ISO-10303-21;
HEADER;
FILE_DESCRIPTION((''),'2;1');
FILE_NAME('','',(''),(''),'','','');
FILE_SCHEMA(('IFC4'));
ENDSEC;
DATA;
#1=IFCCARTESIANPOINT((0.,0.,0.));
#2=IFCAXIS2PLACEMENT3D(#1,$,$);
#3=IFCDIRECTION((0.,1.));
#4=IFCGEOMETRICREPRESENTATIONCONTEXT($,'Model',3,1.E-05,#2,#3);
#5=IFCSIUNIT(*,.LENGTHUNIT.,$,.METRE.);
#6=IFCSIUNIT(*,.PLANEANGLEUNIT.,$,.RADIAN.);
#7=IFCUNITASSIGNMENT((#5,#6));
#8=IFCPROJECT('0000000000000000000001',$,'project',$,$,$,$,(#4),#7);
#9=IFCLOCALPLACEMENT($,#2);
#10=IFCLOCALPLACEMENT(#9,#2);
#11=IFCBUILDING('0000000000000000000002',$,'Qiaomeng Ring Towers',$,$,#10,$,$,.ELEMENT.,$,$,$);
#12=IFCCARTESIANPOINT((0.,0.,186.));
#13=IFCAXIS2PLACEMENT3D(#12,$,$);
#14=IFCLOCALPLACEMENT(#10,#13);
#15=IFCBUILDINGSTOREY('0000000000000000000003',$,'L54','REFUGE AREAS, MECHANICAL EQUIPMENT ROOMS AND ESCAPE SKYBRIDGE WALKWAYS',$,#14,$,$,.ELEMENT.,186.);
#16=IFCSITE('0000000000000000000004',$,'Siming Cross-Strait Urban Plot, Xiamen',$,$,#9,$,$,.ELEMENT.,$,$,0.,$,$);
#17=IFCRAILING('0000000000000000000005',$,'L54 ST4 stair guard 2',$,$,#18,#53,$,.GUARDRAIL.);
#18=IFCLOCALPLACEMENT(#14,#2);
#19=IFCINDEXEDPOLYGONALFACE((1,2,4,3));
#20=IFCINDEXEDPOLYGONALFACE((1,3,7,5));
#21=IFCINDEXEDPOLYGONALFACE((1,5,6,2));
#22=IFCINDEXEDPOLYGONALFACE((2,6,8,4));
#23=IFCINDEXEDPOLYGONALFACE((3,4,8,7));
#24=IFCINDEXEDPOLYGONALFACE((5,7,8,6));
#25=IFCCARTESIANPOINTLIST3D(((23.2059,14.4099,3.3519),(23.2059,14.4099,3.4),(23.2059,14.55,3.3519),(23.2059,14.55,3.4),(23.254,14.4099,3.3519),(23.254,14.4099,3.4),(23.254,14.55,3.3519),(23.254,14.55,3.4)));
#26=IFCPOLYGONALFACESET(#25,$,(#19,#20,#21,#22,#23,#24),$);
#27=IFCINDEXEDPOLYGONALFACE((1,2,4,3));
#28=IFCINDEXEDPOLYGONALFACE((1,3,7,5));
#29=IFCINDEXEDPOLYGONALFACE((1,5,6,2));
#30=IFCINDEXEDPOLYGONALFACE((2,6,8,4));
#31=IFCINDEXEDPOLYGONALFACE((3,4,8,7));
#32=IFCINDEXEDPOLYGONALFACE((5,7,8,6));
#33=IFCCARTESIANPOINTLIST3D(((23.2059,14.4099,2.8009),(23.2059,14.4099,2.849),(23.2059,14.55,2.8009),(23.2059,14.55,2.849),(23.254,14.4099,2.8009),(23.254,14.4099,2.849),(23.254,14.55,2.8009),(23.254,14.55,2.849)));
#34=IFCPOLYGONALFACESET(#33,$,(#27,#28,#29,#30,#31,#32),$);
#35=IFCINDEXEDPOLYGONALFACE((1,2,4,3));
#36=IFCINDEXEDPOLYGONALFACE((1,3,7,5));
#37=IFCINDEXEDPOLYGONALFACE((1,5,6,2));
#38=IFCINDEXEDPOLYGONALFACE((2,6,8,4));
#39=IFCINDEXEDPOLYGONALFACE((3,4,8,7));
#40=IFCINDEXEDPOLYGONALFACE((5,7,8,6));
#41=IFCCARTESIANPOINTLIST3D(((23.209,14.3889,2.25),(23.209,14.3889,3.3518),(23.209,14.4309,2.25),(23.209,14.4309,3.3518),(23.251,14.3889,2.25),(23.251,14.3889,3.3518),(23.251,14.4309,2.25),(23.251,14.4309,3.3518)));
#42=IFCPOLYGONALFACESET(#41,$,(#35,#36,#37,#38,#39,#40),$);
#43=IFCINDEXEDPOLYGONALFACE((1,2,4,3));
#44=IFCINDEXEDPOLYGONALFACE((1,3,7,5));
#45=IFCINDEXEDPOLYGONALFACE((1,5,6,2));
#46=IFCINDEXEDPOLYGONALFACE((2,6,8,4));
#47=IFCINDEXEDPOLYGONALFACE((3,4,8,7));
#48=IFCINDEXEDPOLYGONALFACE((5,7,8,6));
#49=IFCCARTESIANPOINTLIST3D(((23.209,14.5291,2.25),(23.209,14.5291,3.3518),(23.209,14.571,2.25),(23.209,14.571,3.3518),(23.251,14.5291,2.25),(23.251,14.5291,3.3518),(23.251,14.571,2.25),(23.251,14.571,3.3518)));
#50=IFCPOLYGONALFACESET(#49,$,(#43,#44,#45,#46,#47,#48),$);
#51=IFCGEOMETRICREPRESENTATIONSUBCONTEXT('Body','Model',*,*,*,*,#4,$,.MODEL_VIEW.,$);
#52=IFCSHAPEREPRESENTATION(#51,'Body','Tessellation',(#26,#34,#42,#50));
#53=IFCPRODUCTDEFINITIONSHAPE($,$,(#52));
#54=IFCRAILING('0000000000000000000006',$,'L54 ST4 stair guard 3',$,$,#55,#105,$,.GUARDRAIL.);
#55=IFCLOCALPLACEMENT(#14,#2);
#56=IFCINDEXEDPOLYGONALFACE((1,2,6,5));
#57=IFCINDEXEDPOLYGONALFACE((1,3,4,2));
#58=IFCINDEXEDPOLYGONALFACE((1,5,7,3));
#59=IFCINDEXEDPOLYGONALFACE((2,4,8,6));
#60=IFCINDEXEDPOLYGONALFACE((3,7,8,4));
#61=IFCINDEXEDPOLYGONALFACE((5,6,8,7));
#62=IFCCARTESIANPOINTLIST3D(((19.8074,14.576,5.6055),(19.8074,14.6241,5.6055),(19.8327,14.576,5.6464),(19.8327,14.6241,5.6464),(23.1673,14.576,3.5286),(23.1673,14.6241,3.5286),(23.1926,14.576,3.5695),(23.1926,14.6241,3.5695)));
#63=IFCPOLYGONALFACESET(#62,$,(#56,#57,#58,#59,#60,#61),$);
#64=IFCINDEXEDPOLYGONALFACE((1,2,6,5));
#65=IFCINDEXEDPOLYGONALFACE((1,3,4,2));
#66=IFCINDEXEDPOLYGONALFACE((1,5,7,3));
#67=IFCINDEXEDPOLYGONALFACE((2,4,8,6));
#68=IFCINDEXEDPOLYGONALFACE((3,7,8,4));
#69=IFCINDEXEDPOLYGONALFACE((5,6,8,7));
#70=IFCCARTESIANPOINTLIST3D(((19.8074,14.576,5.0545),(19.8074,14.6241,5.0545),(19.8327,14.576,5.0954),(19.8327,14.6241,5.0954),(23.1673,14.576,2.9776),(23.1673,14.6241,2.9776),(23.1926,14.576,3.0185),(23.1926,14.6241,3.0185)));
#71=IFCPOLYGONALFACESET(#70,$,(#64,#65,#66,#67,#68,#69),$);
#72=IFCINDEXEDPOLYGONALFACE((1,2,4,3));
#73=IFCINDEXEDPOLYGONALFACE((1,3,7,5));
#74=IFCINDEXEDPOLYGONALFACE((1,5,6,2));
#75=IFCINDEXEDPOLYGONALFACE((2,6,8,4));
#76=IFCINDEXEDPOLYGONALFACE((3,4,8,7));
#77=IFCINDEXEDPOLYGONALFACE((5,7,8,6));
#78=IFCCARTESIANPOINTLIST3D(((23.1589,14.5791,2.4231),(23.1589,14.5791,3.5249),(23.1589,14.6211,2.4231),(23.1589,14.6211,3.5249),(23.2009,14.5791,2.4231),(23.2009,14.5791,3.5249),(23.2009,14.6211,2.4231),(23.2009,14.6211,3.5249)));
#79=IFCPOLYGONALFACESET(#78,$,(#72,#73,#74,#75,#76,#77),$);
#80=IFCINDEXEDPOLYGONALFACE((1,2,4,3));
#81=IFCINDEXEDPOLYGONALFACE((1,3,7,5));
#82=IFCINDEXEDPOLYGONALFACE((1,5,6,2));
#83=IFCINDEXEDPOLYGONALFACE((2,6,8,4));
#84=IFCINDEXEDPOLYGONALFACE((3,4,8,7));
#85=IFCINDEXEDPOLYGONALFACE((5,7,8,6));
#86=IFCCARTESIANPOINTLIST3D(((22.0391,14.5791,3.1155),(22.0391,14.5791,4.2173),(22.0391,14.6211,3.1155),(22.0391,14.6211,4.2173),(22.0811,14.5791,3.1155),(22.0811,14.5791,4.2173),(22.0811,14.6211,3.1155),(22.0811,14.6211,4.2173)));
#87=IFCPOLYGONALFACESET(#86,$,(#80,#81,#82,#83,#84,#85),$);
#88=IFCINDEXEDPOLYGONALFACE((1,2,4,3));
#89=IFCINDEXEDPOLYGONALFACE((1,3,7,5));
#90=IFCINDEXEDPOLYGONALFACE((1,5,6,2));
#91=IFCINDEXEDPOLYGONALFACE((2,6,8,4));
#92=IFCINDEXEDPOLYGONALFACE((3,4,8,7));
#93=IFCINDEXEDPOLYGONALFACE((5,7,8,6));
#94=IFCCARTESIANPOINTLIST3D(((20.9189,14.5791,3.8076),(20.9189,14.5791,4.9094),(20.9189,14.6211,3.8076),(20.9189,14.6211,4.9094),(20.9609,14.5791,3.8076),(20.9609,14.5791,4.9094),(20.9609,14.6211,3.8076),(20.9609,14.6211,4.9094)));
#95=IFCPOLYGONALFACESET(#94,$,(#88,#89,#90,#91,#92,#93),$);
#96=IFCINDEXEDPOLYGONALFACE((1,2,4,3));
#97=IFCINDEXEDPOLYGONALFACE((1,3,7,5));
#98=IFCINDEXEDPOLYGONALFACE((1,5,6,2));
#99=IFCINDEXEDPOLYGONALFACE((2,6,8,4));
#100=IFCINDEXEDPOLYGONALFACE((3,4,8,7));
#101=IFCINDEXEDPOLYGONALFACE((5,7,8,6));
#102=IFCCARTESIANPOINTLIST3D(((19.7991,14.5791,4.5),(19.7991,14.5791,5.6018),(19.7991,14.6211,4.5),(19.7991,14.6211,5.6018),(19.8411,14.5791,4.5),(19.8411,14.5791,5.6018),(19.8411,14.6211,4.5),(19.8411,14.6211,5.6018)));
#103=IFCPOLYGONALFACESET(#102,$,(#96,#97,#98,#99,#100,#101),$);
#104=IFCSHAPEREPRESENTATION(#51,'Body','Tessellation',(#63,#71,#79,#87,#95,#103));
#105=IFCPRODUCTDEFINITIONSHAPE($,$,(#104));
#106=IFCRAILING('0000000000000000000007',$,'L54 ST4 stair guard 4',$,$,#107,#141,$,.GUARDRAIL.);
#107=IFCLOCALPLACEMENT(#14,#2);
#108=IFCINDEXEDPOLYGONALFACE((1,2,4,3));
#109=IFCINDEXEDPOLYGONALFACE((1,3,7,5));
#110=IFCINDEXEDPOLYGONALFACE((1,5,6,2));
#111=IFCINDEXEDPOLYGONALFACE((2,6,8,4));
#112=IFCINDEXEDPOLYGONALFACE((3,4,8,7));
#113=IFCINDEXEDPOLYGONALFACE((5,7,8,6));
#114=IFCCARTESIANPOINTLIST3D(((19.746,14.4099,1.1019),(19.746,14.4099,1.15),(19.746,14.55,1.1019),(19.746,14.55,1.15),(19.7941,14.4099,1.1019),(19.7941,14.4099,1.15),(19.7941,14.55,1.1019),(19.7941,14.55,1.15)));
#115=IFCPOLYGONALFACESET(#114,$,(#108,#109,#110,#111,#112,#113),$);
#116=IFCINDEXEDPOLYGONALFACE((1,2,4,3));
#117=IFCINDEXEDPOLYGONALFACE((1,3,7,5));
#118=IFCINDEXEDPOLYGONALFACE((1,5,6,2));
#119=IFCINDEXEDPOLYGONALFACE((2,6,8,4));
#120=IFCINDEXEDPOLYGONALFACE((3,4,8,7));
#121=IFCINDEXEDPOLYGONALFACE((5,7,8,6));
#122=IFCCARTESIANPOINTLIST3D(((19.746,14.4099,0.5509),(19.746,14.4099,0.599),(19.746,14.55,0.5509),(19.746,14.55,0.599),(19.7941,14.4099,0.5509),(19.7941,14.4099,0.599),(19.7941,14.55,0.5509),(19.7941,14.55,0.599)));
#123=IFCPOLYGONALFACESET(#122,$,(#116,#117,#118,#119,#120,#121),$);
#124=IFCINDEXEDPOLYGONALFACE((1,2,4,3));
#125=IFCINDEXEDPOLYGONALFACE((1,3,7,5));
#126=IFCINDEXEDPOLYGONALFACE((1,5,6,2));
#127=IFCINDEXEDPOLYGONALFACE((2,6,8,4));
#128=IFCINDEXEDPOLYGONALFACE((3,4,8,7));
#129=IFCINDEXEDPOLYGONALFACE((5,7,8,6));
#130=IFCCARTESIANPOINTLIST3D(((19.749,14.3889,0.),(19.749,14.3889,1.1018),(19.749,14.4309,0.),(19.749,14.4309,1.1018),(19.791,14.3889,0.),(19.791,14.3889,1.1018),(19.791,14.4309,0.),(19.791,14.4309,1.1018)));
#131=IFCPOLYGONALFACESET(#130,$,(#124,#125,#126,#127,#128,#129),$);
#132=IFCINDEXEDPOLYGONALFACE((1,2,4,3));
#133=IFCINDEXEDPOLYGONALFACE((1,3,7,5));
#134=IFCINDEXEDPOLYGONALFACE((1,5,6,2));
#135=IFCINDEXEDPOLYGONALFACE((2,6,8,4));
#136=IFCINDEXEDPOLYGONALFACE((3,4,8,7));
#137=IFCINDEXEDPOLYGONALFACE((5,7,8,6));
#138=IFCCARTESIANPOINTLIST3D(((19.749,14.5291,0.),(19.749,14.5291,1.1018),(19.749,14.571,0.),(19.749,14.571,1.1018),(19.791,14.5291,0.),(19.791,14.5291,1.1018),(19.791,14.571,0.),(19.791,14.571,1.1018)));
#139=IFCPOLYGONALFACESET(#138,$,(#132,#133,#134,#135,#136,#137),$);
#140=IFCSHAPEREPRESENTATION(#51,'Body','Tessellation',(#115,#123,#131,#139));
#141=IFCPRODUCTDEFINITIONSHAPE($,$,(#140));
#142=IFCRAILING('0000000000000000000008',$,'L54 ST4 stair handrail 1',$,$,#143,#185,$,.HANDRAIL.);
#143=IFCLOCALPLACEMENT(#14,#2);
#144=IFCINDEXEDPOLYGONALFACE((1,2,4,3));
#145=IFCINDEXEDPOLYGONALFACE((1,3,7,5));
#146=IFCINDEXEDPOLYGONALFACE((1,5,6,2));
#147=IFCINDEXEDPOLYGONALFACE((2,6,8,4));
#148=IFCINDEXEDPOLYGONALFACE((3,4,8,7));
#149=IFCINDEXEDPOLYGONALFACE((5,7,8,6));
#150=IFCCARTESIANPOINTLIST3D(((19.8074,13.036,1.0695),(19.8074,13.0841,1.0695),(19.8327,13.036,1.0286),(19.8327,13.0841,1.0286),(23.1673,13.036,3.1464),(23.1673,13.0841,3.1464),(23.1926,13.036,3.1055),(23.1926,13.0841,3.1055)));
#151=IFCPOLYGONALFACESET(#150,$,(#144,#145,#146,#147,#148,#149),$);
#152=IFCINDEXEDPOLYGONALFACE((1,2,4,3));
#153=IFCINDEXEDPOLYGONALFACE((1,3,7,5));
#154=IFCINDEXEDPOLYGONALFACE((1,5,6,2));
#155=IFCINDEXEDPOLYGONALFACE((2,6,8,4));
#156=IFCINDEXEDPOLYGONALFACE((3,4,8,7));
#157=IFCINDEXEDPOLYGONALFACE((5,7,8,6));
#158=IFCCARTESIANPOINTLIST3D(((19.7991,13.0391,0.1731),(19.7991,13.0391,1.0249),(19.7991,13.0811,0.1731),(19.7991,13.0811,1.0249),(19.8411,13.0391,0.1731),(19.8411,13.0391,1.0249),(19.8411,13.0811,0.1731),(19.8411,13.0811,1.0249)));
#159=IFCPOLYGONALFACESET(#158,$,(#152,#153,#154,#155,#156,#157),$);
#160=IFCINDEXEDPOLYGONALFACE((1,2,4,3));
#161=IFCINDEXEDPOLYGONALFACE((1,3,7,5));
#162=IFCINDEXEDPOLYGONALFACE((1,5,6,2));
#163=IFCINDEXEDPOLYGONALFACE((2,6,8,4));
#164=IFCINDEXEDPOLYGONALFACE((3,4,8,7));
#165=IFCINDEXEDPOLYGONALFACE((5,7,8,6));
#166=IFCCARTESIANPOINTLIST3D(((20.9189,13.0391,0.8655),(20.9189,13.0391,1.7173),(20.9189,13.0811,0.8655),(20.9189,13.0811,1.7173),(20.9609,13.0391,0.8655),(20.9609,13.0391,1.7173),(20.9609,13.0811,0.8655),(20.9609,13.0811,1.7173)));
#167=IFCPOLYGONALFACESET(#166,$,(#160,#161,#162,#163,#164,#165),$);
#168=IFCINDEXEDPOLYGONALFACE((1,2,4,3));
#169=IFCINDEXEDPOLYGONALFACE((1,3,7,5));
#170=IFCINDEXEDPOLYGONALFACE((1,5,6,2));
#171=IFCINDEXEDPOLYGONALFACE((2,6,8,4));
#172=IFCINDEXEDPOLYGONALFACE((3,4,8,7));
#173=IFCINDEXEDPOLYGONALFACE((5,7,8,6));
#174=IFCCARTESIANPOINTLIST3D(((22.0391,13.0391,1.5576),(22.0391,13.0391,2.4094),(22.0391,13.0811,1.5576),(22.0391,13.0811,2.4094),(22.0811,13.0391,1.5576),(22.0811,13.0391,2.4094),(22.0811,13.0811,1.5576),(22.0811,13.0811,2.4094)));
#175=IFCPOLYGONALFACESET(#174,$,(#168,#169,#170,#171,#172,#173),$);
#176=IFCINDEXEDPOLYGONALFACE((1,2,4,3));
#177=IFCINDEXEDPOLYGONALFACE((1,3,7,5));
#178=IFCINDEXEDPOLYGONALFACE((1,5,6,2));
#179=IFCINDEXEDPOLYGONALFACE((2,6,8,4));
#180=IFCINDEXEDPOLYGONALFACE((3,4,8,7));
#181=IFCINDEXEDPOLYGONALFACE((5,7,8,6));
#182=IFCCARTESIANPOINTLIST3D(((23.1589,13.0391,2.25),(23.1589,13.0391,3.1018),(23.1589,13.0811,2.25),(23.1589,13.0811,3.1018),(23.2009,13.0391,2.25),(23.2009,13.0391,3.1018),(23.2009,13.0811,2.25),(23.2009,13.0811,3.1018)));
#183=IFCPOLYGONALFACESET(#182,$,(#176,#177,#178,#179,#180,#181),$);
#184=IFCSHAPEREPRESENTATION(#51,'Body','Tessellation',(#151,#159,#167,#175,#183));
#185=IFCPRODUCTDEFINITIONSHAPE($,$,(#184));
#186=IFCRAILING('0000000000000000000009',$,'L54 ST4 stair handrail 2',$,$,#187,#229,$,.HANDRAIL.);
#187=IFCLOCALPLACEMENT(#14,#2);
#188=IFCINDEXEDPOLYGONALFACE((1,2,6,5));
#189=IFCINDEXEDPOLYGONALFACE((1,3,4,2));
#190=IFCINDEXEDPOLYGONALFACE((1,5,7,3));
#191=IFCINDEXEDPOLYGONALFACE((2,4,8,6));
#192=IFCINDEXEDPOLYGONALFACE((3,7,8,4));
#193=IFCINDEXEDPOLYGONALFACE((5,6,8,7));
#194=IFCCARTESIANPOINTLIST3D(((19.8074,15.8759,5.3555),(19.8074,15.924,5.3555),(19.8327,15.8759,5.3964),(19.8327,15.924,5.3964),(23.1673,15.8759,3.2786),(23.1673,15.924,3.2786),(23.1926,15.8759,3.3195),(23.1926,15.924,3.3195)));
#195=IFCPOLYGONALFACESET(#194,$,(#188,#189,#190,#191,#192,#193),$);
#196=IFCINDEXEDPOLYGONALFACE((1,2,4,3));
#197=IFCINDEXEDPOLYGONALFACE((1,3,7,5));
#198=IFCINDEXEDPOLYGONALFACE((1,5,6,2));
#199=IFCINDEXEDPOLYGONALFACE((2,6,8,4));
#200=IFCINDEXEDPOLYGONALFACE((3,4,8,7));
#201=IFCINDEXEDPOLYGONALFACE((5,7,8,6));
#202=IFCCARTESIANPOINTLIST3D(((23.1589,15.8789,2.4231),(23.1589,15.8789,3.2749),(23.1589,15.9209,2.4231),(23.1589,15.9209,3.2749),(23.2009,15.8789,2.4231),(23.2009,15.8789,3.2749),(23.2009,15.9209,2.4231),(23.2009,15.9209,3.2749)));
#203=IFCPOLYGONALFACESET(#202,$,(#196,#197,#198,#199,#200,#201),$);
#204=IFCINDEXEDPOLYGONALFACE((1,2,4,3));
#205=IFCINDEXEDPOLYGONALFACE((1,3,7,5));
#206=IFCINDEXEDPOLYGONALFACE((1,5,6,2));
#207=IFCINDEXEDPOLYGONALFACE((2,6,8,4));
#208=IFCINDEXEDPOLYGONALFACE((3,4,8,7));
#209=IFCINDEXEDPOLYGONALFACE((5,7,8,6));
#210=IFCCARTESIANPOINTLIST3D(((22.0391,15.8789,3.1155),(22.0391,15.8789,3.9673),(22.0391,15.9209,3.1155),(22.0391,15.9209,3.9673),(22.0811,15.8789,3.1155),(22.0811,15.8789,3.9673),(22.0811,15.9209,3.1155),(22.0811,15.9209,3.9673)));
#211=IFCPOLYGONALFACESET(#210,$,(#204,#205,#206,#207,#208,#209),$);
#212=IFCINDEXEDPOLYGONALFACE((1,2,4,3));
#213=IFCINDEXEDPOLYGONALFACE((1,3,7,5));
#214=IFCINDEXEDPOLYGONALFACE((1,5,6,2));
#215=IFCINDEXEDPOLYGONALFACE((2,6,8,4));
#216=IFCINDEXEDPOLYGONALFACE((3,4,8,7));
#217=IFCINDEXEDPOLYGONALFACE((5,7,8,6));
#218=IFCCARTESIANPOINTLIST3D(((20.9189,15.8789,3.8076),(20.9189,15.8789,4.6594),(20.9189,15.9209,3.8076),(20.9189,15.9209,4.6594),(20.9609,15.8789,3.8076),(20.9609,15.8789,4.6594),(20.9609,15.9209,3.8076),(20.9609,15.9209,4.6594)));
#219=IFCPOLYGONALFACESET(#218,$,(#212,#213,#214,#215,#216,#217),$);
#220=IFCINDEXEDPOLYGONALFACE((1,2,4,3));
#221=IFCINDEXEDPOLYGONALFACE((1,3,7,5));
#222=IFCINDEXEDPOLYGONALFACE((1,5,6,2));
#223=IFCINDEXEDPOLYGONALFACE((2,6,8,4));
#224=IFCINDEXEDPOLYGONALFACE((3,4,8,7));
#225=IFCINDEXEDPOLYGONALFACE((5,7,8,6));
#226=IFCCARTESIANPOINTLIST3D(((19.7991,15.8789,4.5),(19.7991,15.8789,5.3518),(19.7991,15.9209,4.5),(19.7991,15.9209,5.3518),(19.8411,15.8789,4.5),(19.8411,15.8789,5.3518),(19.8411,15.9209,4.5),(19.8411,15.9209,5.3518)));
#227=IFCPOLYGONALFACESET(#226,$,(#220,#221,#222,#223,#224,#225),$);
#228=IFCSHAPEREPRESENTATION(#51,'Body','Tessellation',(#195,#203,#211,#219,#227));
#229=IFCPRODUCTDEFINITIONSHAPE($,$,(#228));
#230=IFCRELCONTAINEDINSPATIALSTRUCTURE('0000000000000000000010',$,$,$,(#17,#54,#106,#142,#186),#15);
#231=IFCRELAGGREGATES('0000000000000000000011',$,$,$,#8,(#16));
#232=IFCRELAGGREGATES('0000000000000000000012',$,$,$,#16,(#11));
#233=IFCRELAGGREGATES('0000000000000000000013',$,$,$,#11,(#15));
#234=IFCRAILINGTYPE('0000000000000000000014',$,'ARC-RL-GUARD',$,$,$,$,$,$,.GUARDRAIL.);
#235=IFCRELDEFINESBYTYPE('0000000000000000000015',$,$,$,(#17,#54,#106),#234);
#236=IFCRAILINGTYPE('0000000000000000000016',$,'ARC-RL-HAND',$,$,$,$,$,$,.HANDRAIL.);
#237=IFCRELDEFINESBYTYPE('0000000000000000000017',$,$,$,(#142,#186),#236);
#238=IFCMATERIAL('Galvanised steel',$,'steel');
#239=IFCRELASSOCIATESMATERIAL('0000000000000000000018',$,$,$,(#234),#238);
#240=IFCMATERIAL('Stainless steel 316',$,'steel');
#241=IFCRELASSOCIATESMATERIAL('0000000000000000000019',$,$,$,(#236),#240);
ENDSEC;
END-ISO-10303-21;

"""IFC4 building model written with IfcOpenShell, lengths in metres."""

from ifc_helpers import new_model, si_unit, direction, frame, origin, origin_2d, place, context, subcontext, project, spatial, rectangle, extrude, material, type_object, element, save


model = new_model("IFC4")

# Units and contexts
model_context = context("Model", 3, precision=1e-05, world=origin(), true_north=direction((0.0, 1.0)))
body_context = subcontext(model_context, "Body", "Model", "MODEL_VIEW")
ifc_project = project(units=[si_unit("LENGTHUNIT", "METRE"), si_unit("PLANEANGLEUNIT", "RADIAN")], contexts=[model_context])

# Site, building, storey
site_placement = place(None, origin())
site = spatial("IfcSite", under=ifc_project, at=site_placement, Name="Siming Cross-Strait Urban Plot, Xiamen", CompositionType="ELEMENT", RefElevation=0.0)
building_placement = place(site_placement, origin())
building = spatial("IfcBuilding", under=site, at=building_placement, Name="Qiaomeng Ring Towers", CompositionType="ELEMENT")
storey_placement = place(building_placement, frame((0.0, 0.0, 186.0)))
storey = spatial("IfcBuildingStorey", under=building, at=storey_placement, Name="L54", Description="REFUGE AREAS, MECHANICAL EQUIPMENT ROOMS AND ESCAPE SKYBRIDGE WALKWAYS", CompositionType="ELEMENT", Elevation=186.0)

# Shared definitions
ifc_material_1 = material(Name="Stainless steel 316", Category="steel")

# Shared definitions
ifc_material_2 = material(Name="Galvanised steel", Category="steel")

# Railings
railing_type_1 = type_object("IfcRailingType", Name="ARC-RL-GUARD", PredefinedType="GUARDRAIL", material=ifc_material_2)
railing_1_placement = place(storey_placement, frame((23.23, 14.4099, 2.25)))
element("IfcRailing", 1, at=railing_1_placement, inside=storey, type_object=railing_type_1, Name="L54 ST4 stair guard 2", PredefinedType="GUARDRAIL", context=body_context, shape_type="SweptSolid", body=[
    extrude(rectangle(XDim=0.0481, YDim=0.0481, at=origin_2d()), frame((0.0, 0.0, 1.126), z_axis=(0.0, 1.0, 0.0), x_axis=(-1.0, 0.0, 0.0)), (0.0, 0.0, 1.0), 0.1401),
    extrude(rectangle(XDim=0.0481, YDim=0.0481, at=origin_2d()), frame((0.0, 0.0, 0.575), z_axis=(0.0, 1.0, 0.0), x_axis=(-1.0, 0.0, 0.0)), (0.0, 0.0, 1.0), 0.1401),
    extrude(rectangle(XDim=0.042, YDim=0.042, at=origin_2d()), origin(), (0.0, 0.0, 1.0), 1.1018),
    extrude(rectangle(XDim=0.042, YDim=0.042, at=origin_2d()), frame((0.0, 0.1401, 0.0)), (0.0, 0.0, 1.0), 1.1018),
])
railing_2_placement = place(storey_placement, frame((23.1799, 14.6001, 2.4231)))
element("IfcRailing", 2, at=railing_2_placement, inside=storey, type_object=railing_type_1, Name="L54 ST4 stair guard 3", PredefinedType="GUARDRAIL", context=body_context, shape_type="SweptSolid", body=[
    extrude(rectangle(XDim=0.0481, YDim=0.0481, at=origin_2d()), frame((0.0, 0.0, 1.126), z_axis=(-0.850606, 0.0, 0.525803), x_axis=(0.0, -1.0, 0.0)), (0.0, 0.0, 1.0), 3.95),
    extrude(rectangle(XDim=0.0481, YDim=0.0481, at=origin_2d()), frame((0.0, 0.0, 0.575), z_axis=(-0.850606, 0.0, 0.525803), x_axis=(0.0, -1.0, 0.0)), (0.0, 0.0, 1.0), 3.95),
    extrude(rectangle(XDim=0.042, YDim=0.042, at=origin_2d()), origin(), (0.0, 0.0, 1.0), 1.1018),
    extrude(rectangle(XDim=0.042, YDim=0.042, at=origin_2d()), frame((-1.1199, 0.0, 0.6924)), (0.0, 0.0, 1.0), 1.1018),
    extrude(rectangle(XDim=0.042, YDim=0.042, at=origin_2d()), frame((-2.24, 0.0, 1.3845)), (0.0, 0.0, 1.0), 1.1018),
    extrude(rectangle(XDim=0.042, YDim=0.042, at=origin_2d()), frame((-3.3599, 0.0, 2.0769)), (0.0, 0.0, 1.0), 1.1018),
])
railing_3_placement = place(storey_placement, frame((19.77, 14.4099, 0.0)))
element("IfcRailing", 3, at=railing_3_placement, inside=storey, type_object=railing_type_1, Name="L54 ST4 stair guard 4", PredefinedType="GUARDRAIL", context=body_context, shape_type="SweptSolid", body=[
    extrude(rectangle(XDim=0.0481, YDim=0.0481, at=origin_2d()), frame((0.0, 0.0, 1.126), z_axis=(0.0, 1.0, 0.0), x_axis=(-1.0, 0.0, 0.0)), (0.0, 0.0, 1.0), 0.1401),
    extrude(rectangle(XDim=0.0481, YDim=0.0481, at=origin_2d()), frame((0.0, 0.0, 0.575), z_axis=(0.0, 1.0, 0.0), x_axis=(-1.0, 0.0, 0.0)), (0.0, 0.0, 1.0), 0.1401),
    extrude(rectangle(XDim=0.042, YDim=0.042, at=origin_2d()), origin(), (0.0, 0.0, 1.0), 1.1018),
    extrude(rectangle(XDim=0.042, YDim=0.042, at=origin_2d()), frame((0.0, 0.1401, 0.0)), (0.0, 0.0, 1.0), 1.1018),
])
railing_type_2 = type_object("IfcRailingType", Name="ARC-RL-HAND", PredefinedType="HANDRAIL", material=ifc_material_1)
railing_4_placement = place(storey_placement, frame((19.8201, 13.0601, 0.1731)))
element("IfcRailing", 4, at=railing_4_placement, inside=storey, type_object=railing_type_2, Name="L54 ST4 stair handrail 1", PredefinedType="HANDRAIL", context=body_context, shape_type="SweptSolid", body=[
    extrude(rectangle(XDim=0.0481, YDim=0.0481, at=origin_2d()), frame((0.0, 0.0, 0.876), z_axis=(0.850606, 0.0, 0.525803), x_axis=(0.0, 1.0, 0.0)), (0.0, 0.0, 1.0), 3.95),
    extrude(rectangle(XDim=0.042, YDim=0.042, at=origin_2d()), origin(), (0.0, 0.0, 1.0), 0.8518),
    extrude(rectangle(XDim=0.042, YDim=0.042, at=origin_2d()), frame((1.1199, 0.0, 0.6924)), (0.0, 0.0, 1.0), 0.8518),
    extrude(rectangle(XDim=0.042, YDim=0.042, at=origin_2d()), frame((2.24, 0.0, 1.3845)), (0.0, 0.0, 1.0), 0.8518),
    extrude(rectangle(XDim=0.042, YDim=0.042, at=origin_2d()), frame((3.3599, 0.0, 2.0769)), (0.0, 0.0, 1.0), 0.8518),
])
railing_5_placement = place(storey_placement, frame((23.1799, 15.8999, 2.4231)))
element("IfcRailing", 5, at=railing_5_placement, inside=storey, type_object=railing_type_2, Name="L54 ST4 stair handrail 2", PredefinedType="HANDRAIL", context=body_context, shape_type="SweptSolid", body=[
    extrude(rectangle(XDim=0.0481, YDim=0.0481, at=origin_2d()), frame((0.0, 0.0, 0.876), z_axis=(-0.850606, 0.0, 0.525803), x_axis=(0.0, -1.0, 0.0)), (0.0, 0.0, 1.0), 3.95),
    extrude(rectangle(XDim=0.042, YDim=0.042, at=origin_2d()), origin(), (0.0, 0.0, 1.0), 0.8518),
    extrude(rectangle(XDim=0.042, YDim=0.042, at=origin_2d()), frame((-1.1199, 0.0, 0.6924)), (0.0, 0.0, 1.0), 0.8518),
    extrude(rectangle(XDim=0.042, YDim=0.042, at=origin_2d()), frame((-2.24, 0.0, 1.3845)), (0.0, 0.0, 1.0), 0.8518),
    extrude(rectangle(XDim=0.042, YDim=0.042, at=origin_2d()), frame((-3.3599, 0.0, 2.0769)), (0.0, 0.0, 1.0), 0.8518),
])

save(model, "model.ifc")
